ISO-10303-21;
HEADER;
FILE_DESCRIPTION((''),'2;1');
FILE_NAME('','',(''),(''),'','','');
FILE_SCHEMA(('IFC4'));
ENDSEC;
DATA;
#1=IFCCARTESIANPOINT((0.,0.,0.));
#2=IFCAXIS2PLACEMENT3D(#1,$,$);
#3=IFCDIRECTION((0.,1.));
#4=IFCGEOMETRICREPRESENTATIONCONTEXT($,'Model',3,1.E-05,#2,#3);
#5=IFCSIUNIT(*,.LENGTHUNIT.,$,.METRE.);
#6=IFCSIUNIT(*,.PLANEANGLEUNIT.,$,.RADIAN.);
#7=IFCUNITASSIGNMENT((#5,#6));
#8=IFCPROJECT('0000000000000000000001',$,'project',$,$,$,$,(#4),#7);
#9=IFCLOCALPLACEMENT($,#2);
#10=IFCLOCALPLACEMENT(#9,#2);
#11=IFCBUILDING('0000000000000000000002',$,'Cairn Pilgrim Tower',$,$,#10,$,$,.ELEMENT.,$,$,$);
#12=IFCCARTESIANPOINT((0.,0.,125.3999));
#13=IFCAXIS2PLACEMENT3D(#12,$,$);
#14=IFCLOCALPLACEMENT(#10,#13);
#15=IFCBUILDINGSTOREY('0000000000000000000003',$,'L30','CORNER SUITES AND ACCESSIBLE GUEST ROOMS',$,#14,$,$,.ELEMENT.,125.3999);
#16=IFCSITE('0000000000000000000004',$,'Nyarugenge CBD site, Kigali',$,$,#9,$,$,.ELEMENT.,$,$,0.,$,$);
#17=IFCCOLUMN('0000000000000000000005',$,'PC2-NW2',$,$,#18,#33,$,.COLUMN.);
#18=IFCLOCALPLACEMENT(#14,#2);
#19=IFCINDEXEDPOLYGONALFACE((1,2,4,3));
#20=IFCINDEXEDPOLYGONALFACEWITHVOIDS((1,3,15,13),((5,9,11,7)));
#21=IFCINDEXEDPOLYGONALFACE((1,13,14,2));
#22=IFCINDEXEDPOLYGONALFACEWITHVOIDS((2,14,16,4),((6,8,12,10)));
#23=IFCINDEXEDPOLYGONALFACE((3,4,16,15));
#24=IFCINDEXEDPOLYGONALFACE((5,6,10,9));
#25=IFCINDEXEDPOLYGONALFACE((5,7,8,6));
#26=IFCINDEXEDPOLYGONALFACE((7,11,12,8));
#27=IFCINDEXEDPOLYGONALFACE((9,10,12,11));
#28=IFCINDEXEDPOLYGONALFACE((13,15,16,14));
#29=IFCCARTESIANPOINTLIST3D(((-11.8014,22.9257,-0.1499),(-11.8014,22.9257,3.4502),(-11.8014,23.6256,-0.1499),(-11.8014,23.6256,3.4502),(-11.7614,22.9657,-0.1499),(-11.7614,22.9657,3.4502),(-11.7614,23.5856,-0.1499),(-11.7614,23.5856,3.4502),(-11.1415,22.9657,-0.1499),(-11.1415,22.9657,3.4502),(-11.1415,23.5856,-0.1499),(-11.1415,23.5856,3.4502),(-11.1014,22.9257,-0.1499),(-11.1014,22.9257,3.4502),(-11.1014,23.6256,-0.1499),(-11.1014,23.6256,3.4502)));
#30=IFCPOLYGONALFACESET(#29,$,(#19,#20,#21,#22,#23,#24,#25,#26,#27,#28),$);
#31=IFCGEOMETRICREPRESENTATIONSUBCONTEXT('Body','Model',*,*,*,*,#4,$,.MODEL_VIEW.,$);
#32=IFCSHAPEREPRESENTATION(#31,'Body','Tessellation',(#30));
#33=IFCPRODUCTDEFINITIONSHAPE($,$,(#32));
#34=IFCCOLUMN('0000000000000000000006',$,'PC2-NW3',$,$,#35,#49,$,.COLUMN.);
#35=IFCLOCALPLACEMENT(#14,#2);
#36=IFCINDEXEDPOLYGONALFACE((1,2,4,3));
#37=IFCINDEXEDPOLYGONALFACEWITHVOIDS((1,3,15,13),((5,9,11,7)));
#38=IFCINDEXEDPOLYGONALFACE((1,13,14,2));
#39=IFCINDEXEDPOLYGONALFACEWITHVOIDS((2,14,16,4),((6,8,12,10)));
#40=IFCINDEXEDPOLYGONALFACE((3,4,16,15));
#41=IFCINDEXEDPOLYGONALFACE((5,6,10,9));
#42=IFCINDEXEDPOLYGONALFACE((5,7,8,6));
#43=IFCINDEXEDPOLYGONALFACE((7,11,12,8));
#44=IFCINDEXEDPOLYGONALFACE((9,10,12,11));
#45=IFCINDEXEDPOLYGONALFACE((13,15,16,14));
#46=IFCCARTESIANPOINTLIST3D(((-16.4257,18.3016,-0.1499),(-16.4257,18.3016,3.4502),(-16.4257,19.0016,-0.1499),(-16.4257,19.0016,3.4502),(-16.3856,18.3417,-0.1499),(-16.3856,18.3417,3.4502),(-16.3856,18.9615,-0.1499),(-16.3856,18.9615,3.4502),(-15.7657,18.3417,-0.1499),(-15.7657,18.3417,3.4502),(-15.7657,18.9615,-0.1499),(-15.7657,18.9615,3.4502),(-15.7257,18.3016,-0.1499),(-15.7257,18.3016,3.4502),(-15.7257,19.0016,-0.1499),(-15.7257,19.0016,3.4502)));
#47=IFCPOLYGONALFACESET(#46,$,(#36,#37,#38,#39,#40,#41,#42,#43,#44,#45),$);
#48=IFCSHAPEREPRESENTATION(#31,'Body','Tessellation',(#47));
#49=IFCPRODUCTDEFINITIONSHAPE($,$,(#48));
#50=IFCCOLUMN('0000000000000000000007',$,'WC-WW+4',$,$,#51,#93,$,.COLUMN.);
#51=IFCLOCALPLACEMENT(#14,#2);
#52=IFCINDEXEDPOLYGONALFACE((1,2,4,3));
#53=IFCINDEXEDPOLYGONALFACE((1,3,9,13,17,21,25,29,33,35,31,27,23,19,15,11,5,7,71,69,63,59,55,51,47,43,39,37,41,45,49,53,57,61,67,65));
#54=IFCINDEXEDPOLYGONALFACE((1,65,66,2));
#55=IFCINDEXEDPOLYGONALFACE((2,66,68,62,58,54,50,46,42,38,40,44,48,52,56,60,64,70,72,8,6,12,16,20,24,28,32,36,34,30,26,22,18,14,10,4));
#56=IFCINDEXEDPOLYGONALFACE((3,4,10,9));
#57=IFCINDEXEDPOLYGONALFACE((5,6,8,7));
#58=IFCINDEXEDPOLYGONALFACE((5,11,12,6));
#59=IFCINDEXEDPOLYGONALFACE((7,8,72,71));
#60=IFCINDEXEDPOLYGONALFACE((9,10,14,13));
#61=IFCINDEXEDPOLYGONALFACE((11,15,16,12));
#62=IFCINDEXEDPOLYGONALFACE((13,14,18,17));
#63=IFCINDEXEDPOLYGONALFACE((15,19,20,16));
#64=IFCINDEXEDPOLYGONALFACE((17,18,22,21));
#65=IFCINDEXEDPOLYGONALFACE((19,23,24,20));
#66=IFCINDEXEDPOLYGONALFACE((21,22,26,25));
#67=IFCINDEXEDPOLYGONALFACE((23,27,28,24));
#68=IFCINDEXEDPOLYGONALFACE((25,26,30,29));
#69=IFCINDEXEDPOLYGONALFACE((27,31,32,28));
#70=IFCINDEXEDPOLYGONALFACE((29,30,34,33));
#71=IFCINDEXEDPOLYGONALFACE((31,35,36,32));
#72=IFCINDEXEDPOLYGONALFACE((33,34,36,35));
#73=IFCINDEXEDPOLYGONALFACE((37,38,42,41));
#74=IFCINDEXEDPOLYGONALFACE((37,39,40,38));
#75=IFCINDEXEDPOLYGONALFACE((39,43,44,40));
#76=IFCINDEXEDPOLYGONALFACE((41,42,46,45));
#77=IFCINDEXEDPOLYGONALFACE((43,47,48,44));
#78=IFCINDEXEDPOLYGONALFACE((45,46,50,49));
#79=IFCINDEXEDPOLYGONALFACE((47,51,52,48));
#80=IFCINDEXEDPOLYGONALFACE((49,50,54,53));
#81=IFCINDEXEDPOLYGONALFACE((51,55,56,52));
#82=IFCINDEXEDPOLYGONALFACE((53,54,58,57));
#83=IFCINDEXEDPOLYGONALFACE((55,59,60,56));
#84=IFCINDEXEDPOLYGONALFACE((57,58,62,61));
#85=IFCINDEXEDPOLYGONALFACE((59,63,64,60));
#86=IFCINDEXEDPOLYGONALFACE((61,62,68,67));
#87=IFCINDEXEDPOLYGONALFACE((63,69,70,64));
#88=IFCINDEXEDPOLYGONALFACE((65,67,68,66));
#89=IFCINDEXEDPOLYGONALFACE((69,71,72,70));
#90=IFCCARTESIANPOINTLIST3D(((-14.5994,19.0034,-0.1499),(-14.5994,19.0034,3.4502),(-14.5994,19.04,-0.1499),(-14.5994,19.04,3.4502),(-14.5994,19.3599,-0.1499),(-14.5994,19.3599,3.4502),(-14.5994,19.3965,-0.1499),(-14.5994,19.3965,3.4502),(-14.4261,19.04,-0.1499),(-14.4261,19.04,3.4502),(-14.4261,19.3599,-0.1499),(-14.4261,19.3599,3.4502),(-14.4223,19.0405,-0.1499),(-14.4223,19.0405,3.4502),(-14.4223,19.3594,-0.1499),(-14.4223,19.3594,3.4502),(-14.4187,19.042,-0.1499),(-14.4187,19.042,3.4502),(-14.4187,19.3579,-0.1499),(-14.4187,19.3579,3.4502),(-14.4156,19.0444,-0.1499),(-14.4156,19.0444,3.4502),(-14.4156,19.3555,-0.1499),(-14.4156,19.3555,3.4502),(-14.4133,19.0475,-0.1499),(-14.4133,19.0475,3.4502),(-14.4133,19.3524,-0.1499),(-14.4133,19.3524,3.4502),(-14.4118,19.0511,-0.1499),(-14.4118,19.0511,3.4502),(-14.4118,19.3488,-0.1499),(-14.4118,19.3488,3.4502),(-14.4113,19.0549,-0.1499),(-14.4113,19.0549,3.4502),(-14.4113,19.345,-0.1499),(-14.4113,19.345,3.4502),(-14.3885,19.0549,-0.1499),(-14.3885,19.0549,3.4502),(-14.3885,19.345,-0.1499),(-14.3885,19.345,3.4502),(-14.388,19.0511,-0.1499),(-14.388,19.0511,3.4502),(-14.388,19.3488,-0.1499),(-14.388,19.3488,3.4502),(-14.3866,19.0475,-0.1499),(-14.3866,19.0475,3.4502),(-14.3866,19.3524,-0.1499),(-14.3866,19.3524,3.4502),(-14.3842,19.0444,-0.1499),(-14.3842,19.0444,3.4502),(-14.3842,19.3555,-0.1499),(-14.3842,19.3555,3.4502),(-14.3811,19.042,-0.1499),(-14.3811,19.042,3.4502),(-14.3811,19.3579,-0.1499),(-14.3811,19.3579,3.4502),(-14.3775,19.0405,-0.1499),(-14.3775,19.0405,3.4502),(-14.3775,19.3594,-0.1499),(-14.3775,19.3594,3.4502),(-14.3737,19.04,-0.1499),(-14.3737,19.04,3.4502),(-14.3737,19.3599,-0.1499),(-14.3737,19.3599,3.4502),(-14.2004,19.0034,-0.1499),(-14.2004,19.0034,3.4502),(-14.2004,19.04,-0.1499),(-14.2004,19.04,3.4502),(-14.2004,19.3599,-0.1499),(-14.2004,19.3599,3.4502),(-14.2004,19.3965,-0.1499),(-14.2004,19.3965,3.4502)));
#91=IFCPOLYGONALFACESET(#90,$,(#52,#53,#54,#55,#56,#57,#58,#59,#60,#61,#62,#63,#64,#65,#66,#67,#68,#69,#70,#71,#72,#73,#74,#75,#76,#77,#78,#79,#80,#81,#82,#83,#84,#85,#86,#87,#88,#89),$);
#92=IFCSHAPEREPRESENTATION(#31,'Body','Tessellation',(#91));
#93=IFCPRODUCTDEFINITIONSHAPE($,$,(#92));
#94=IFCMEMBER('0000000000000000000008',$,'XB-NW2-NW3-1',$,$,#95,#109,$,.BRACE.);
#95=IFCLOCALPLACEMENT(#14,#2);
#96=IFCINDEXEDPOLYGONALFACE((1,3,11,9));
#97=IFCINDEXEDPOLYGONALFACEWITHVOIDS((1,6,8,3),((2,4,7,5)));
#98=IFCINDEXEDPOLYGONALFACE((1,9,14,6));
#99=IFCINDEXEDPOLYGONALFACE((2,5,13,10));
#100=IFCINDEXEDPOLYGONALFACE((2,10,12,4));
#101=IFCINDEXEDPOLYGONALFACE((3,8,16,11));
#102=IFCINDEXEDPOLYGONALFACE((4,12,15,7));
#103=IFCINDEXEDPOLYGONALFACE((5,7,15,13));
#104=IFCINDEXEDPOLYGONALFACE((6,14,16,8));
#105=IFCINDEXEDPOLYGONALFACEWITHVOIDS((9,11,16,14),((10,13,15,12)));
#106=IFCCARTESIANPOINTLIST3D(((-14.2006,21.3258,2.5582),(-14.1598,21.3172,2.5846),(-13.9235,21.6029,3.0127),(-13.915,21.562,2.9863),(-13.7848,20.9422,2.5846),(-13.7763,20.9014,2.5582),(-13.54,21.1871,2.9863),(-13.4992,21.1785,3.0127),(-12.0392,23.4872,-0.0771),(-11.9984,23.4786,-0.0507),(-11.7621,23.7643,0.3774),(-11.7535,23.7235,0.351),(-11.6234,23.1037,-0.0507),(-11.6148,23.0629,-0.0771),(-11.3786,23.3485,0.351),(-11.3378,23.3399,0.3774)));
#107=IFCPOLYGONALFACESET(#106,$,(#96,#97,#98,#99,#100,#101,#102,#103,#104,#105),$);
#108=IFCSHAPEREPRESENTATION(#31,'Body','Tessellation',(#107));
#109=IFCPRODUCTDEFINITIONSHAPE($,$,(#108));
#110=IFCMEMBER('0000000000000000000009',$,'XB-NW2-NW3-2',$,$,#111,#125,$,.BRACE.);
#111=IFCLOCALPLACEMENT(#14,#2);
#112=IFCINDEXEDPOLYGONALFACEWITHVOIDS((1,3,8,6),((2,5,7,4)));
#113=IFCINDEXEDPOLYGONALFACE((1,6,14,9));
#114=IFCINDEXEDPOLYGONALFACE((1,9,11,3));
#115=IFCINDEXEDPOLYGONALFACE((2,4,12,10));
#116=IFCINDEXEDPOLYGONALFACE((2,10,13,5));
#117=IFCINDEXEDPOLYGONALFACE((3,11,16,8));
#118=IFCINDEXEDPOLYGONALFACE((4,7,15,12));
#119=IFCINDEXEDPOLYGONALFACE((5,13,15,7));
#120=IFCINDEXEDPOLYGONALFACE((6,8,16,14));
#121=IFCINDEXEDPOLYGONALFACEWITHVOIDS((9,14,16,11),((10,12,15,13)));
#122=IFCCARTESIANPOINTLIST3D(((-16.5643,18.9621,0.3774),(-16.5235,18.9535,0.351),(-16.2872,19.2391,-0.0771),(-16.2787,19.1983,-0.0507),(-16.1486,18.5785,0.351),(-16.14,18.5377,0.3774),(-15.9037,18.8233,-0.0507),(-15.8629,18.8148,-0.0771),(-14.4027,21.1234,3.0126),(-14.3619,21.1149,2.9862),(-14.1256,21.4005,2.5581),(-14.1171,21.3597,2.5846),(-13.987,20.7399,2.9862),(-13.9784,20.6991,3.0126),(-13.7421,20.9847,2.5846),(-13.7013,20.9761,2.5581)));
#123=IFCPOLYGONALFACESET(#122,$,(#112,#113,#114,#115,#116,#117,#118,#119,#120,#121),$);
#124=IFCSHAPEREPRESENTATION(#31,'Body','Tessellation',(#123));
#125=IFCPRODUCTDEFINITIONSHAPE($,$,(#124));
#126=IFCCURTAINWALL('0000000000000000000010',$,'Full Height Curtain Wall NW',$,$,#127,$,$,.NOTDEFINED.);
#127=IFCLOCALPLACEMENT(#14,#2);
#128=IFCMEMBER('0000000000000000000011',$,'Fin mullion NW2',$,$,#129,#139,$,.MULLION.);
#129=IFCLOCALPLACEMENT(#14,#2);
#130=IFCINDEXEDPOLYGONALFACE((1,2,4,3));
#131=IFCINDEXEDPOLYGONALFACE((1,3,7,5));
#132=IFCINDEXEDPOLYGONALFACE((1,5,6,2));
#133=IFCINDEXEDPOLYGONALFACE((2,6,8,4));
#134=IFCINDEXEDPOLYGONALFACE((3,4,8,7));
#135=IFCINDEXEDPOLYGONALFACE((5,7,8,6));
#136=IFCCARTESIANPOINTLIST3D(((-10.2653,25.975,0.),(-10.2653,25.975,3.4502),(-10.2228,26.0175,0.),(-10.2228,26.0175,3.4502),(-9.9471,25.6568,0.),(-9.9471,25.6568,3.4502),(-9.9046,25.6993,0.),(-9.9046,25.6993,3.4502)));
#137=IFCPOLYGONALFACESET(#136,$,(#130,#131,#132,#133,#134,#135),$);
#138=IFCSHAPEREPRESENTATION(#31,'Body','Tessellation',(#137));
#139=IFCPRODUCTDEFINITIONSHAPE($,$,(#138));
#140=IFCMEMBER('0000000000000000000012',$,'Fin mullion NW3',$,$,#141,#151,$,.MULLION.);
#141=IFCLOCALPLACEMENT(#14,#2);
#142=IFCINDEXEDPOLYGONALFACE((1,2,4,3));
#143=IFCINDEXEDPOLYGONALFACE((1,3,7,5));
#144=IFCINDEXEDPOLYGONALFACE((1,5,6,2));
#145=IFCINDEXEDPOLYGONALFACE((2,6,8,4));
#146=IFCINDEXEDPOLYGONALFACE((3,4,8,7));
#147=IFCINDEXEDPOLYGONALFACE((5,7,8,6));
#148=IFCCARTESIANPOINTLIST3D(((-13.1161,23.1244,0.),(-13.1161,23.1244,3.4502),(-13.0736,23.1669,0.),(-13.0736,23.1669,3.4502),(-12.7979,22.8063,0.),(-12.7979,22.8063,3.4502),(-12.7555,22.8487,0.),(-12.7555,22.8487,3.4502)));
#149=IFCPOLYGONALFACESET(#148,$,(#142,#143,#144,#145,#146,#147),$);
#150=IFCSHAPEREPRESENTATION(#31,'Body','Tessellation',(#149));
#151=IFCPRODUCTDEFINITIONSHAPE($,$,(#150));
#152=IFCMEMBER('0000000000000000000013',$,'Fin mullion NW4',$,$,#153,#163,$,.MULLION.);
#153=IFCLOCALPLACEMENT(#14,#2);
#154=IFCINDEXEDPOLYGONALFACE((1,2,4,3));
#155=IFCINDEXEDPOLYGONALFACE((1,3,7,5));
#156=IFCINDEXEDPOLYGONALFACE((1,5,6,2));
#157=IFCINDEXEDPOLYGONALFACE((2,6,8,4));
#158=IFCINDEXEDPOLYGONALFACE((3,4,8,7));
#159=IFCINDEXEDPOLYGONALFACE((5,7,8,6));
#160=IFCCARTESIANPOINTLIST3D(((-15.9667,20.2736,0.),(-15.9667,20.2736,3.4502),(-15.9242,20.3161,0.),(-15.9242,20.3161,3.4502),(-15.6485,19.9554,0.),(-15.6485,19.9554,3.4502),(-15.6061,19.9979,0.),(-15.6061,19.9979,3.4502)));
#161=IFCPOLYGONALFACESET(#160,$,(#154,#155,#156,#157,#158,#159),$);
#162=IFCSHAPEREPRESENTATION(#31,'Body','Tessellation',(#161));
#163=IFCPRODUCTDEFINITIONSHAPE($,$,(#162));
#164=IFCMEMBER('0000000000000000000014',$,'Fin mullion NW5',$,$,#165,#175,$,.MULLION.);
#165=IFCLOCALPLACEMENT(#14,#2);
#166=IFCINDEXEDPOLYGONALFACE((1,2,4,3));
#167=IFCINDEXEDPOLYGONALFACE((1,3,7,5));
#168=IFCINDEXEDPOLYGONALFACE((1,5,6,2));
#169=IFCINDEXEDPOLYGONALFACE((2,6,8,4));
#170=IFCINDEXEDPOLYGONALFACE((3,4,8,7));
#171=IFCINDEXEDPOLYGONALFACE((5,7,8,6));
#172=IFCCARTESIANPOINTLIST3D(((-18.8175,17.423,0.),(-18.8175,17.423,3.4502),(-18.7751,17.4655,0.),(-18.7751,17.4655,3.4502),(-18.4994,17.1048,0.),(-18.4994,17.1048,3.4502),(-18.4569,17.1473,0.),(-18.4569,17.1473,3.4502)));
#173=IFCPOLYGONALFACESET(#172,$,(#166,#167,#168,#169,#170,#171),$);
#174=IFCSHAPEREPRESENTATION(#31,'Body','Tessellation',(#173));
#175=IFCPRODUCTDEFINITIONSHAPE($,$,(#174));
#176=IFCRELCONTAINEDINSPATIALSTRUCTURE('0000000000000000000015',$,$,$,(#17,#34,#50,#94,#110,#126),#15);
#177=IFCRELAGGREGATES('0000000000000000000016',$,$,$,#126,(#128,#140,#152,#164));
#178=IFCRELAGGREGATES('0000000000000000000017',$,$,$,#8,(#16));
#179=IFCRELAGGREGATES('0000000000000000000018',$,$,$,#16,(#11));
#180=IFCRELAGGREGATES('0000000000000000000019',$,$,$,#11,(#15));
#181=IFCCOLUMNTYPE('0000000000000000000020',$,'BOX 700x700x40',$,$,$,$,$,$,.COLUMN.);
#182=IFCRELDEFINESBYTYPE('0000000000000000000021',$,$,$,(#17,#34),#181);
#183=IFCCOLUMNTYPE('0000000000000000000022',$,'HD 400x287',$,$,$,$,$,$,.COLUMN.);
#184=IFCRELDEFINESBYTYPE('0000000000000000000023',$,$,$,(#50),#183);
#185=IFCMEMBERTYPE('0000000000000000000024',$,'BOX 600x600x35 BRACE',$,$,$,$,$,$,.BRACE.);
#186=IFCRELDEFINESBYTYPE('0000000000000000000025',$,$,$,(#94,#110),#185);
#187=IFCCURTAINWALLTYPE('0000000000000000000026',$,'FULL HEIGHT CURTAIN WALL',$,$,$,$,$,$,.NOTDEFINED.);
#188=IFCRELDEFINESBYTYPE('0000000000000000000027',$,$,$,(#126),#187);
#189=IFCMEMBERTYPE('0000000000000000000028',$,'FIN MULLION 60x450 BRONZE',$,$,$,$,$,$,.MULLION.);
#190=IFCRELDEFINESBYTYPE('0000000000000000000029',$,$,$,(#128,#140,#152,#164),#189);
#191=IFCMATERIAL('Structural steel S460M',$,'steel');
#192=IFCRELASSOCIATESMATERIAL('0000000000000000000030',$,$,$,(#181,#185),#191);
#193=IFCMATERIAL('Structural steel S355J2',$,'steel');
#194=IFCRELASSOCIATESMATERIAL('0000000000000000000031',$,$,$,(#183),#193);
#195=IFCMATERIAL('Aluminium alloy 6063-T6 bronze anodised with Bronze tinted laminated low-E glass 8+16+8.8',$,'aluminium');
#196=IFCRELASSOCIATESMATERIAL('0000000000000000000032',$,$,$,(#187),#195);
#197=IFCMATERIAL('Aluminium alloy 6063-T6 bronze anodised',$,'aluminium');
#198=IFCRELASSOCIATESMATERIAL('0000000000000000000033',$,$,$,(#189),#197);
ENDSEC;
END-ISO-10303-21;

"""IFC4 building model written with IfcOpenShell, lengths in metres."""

from ifc_helpers import new_model, si_unit, direction, frame, origin, origin_2d, place, context, subcontext, project, spatial, rectangle, hollow_rectangle, i_section, extrude, material, material_profile, profile_set, type_object, element, aggregate, save


model = new_model("IFC4")

# Units and contexts
model_context = context("Model", 3, precision=1e-05, world=origin(), true_north=direction((0.0, 1.0)))
body_context = subcontext(model_context, "Body", "Model", "MODEL_VIEW")
ifc_project = project(units=[si_unit("LENGTHUNIT", "METRE"), si_unit("PLANEANGLEUNIT", "RADIAN")], contexts=[model_context])

# Site, building, storey
site_placement = place(None, origin())
site = spatial("IfcSite", under=ifc_project, at=site_placement, Name="Nyarugenge CBD site, Kigali", CompositionType="ELEMENT", RefElevation=0.0)
building_placement = place(site_placement, origin())
building = spatial("IfcBuilding", under=site, at=building_placement, Name="Cairn Pilgrim Tower", CompositionType="ELEMENT")
storey_placement = place(building_placement, frame((0.0, 0.0, 125.3999)))
storey = spatial("IfcBuildingStorey", under=building, at=storey_placement, Name="L30", Description="CORNER SUITES AND ACCESSIBLE GUEST ROOMS", CompositionType="ELEMENT", Elevation=125.3999)

# Columns
ifc_material_1 = material(Name="Structural steel S460M", Category="steel")
ifc_material_profile_1 = material_profile(ifc_material_1, hollow_rectangle(XDim=0.7, YDim=0.7, WallThickness=0.04, at=origin_2d()), Name="BOX 700x700x40")
ifc_profile_set_1 = profile_set([ifc_material_profile_1], Name="Structural steel S460M")
column_type_1 = type_object("IfcColumnType", Name="BOX 700x700x40", PredefinedType="COLUMN", material=ifc_profile_set_1)
for number, where, z_axis, x_axis, name in (
    (1, (-11.4514, 23.2756, -0.1499), (0.0, 0.0, 1.0), (1.0, 0.0, 0.0), "PC2-NW2"),
    (2, (-16.0757, 18.6516, -0.1499), (0.0, 0.0, 1.0), (1.0, 0.0, 0.0), "PC2-NW3"),
):
    element("IfcColumn", number, at=place(storey_placement, frame(where, z_axis=z_axis, x_axis=x_axis)), inside=storey, type_object=column_type_1, Name=name, PredefinedType="COLUMN", context=body_context, shape_type="SweptSolid", body=[
        extrude(hollow_rectangle(XDim=0.7, YDim=0.7, WallThickness=0.04, at=origin_2d()), origin(), (0.0, 0.0, 1.0), 3.6001),
    ])
ifc_material_2 = material(Name="Structural steel S355J2", Category="steel")
ifc_material_profile_2 = material_profile(ifc_material_2, i_section(OverallWidth=0.3989, OverallDepth=0.3931, WebThickness=0.0227, FlangeThickness=0.0366, FilletRadius=0.0149, at=origin_2d()), Name="HD 400x287")
ifc_profile_set_2 = profile_set([ifc_material_profile_2], Name="Structural steel S355J2")
column_type_2 = type_object("IfcColumnType", Name="HD 400x287", PredefinedType="COLUMN", material=ifc_profile_set_2)
column_placement = place(storey_placement, frame((-14.3999, 19.2, -0.1499), z_axis=(0.0, 0.0, 1.0), x_axis=(1.0, 0.0, 0.0)))
element("IfcColumn", 3, at=column_placement, inside=storey, type_object=column_type_2, Name="WC-WW+4", PredefinedType="COLUMN", context=body_context, shape_type="SweptSolid", body=[
    extrude(i_section(OverallWidth=0.3989, OverallDepth=0.3931, WebThickness=0.0227, FlangeThickness=0.0366, FilletRadius=0.0149, at=origin_2d()), origin(), (0.0, 0.0, 1.0), 3.6001),
])

# Members
ifc_material_profile_3 = material_profile(ifc_material_1, hollow_rectangle(XDim=0.6001, YDim=0.6001, WallThickness=0.0349, at=origin_2d()), Name="BOX 600x600x35")
ifc_profile_set_3 = profile_set([ifc_material_profile_3], Name="Structural steel S460M")
member_type_1 = type_object("IfcMemberType", Name="BOX 600x600x35 BRACE", PredefinedType="BRACE", material=ifc_profile_set_3)
for number, where, z_axis, x_axis, name in (
    (4, (-11.6885, 23.4136, 0.1501), (-0.535551, -0.535551, 0.65297), (0.707107, -0.707107, 0.0), "XB-NW2-NW3-1"),
    (5, (-16.2136, 18.8884, 0.1501), (0.535594, 0.535534, 0.652949), (-0.707067, 0.707147, 0.0), "XB-NW2-NW3-2"),
):
    element("IfcMember", number, at=place(storey_placement, frame(where, z_axis=z_axis, x_axis=x_axis)), inside=storey, type_object=member_type_1, Name=name, PredefinedType="BRACE", context=body_context, shape_type="SweptSolid", body=[
        extrude(hollow_rectangle(XDim=0.6001, YDim=0.6001, WallThickness=0.0349, at=origin_2d()), origin(), (0.0, 0.0, 1.0), 4.0359),
    ])

# Curtain wall, members
ifc_material_3 = material(Name="Aluminium alloy 6063-T6 bronze anodised with Bronze tinted laminated low-E glass 8+16+8.8", Category="aluminium")
curtain_wall_type = type_object("IfcCurtainWallType", Name="FULL HEIGHT CURTAIN WALL", PredefinedType="NOTDEFINED", material=ifc_material_3)
curtain_wall_placement = place(storey_placement, origin())
curtain_wall = element("IfcCurtainWall", 6, at=curtain_wall_placement, inside=storey, type_object=curtain_wall_type, Name="Full Height Curtain Wall NW", PredefinedType="NOTDEFINED")
ifc_material_4 = material(Name="Aluminium alloy 6063-T6 bronze anodised", Category="aluminium")
ifc_material_profile_4 = material_profile(ifc_material_4, rectangle(XDim=0.45, YDim=0.0601, at=origin_2d()), Name="FIN MULLION 60x450 BRONZE")
ifc_profile_set_4 = profile_set([ifc_material_profile_4], Name="Aluminium alloy 6063-T6 bronze anodised")
member_type_2 = type_object("IfcMemberType", Name="FIN MULLION 60x450 BRONZE", PredefinedType="MULLION", material=ifc_profile_set_4)
member_1_placement = place(storey_placement, frame((-10.085, 25.8372, 0.0), z_axis=(0.0, 0.0, 1.0), x_axis=(-0.707107, 0.707107, 0.0)))
member_1 = element("IfcMember", 7, at=member_1_placement, type_object=member_type_2, Name="Fin mullion NW2", PredefinedType="MULLION", context=body_context, shape_type="SweptSolid", body=[
    extrude(rectangle(XDim=0.45, YDim=0.0601, at=origin_2d()), origin(), (0.0, 0.0, 1.0), 3.4502),
])
member_2_placement = place(storey_placement, frame((-12.9358, 22.9866, 0.0), z_axis=(0.0, 0.0, 1.0), x_axis=(-0.707107, 0.707107, 0.0)))
member_2 = element("IfcMember", 8, at=member_2_placement, type_object=member_type_2, Name="Fin mullion NW3", PredefinedType="MULLION", context=body_context, shape_type="SweptSolid", body=[
    extrude(rectangle(XDim=0.45, YDim=0.0601, at=origin_2d()), origin(), (0.0, 0.0, 1.0), 3.4502),
])
member_3_placement = place(storey_placement, frame((-15.7864, 20.1357, 0.0), z_axis=(0.0, 0.0, 1.0), x_axis=(-0.707107, 0.707107, 0.0)))
member_3 = element("IfcMember", 9, at=member_3_placement, type_object=member_type_2, Name="Fin mullion NW4", PredefinedType="MULLION", context=body_context, shape_type="SweptSolid", body=[
    extrude(rectangle(XDim=0.45, YDim=0.0601, at=origin_2d()), origin(), (0.0, 0.0, 1.0), 3.4502),
])
member_4_placement = place(storey_placement, frame((-18.6372, 17.2852, 0.0), z_axis=(0.0, 0.0, 1.0), x_axis=(-0.707107, 0.707107, 0.0)))
member_4 = element("IfcMember", 10, at=member_4_placement, type_object=member_type_2, Name="Fin mullion NW5", PredefinedType="MULLION", context=body_context, shape_type="SweptSolid", body=[
    extrude(rectangle(XDim=0.45, YDim=0.0601, at=origin_2d()), origin(), (0.0, 0.0, 1.0), 3.4502),
])

aggregate(curtain_wall, [member_1, member_2, member_3, member_4])

save(model, "model.ifc")
